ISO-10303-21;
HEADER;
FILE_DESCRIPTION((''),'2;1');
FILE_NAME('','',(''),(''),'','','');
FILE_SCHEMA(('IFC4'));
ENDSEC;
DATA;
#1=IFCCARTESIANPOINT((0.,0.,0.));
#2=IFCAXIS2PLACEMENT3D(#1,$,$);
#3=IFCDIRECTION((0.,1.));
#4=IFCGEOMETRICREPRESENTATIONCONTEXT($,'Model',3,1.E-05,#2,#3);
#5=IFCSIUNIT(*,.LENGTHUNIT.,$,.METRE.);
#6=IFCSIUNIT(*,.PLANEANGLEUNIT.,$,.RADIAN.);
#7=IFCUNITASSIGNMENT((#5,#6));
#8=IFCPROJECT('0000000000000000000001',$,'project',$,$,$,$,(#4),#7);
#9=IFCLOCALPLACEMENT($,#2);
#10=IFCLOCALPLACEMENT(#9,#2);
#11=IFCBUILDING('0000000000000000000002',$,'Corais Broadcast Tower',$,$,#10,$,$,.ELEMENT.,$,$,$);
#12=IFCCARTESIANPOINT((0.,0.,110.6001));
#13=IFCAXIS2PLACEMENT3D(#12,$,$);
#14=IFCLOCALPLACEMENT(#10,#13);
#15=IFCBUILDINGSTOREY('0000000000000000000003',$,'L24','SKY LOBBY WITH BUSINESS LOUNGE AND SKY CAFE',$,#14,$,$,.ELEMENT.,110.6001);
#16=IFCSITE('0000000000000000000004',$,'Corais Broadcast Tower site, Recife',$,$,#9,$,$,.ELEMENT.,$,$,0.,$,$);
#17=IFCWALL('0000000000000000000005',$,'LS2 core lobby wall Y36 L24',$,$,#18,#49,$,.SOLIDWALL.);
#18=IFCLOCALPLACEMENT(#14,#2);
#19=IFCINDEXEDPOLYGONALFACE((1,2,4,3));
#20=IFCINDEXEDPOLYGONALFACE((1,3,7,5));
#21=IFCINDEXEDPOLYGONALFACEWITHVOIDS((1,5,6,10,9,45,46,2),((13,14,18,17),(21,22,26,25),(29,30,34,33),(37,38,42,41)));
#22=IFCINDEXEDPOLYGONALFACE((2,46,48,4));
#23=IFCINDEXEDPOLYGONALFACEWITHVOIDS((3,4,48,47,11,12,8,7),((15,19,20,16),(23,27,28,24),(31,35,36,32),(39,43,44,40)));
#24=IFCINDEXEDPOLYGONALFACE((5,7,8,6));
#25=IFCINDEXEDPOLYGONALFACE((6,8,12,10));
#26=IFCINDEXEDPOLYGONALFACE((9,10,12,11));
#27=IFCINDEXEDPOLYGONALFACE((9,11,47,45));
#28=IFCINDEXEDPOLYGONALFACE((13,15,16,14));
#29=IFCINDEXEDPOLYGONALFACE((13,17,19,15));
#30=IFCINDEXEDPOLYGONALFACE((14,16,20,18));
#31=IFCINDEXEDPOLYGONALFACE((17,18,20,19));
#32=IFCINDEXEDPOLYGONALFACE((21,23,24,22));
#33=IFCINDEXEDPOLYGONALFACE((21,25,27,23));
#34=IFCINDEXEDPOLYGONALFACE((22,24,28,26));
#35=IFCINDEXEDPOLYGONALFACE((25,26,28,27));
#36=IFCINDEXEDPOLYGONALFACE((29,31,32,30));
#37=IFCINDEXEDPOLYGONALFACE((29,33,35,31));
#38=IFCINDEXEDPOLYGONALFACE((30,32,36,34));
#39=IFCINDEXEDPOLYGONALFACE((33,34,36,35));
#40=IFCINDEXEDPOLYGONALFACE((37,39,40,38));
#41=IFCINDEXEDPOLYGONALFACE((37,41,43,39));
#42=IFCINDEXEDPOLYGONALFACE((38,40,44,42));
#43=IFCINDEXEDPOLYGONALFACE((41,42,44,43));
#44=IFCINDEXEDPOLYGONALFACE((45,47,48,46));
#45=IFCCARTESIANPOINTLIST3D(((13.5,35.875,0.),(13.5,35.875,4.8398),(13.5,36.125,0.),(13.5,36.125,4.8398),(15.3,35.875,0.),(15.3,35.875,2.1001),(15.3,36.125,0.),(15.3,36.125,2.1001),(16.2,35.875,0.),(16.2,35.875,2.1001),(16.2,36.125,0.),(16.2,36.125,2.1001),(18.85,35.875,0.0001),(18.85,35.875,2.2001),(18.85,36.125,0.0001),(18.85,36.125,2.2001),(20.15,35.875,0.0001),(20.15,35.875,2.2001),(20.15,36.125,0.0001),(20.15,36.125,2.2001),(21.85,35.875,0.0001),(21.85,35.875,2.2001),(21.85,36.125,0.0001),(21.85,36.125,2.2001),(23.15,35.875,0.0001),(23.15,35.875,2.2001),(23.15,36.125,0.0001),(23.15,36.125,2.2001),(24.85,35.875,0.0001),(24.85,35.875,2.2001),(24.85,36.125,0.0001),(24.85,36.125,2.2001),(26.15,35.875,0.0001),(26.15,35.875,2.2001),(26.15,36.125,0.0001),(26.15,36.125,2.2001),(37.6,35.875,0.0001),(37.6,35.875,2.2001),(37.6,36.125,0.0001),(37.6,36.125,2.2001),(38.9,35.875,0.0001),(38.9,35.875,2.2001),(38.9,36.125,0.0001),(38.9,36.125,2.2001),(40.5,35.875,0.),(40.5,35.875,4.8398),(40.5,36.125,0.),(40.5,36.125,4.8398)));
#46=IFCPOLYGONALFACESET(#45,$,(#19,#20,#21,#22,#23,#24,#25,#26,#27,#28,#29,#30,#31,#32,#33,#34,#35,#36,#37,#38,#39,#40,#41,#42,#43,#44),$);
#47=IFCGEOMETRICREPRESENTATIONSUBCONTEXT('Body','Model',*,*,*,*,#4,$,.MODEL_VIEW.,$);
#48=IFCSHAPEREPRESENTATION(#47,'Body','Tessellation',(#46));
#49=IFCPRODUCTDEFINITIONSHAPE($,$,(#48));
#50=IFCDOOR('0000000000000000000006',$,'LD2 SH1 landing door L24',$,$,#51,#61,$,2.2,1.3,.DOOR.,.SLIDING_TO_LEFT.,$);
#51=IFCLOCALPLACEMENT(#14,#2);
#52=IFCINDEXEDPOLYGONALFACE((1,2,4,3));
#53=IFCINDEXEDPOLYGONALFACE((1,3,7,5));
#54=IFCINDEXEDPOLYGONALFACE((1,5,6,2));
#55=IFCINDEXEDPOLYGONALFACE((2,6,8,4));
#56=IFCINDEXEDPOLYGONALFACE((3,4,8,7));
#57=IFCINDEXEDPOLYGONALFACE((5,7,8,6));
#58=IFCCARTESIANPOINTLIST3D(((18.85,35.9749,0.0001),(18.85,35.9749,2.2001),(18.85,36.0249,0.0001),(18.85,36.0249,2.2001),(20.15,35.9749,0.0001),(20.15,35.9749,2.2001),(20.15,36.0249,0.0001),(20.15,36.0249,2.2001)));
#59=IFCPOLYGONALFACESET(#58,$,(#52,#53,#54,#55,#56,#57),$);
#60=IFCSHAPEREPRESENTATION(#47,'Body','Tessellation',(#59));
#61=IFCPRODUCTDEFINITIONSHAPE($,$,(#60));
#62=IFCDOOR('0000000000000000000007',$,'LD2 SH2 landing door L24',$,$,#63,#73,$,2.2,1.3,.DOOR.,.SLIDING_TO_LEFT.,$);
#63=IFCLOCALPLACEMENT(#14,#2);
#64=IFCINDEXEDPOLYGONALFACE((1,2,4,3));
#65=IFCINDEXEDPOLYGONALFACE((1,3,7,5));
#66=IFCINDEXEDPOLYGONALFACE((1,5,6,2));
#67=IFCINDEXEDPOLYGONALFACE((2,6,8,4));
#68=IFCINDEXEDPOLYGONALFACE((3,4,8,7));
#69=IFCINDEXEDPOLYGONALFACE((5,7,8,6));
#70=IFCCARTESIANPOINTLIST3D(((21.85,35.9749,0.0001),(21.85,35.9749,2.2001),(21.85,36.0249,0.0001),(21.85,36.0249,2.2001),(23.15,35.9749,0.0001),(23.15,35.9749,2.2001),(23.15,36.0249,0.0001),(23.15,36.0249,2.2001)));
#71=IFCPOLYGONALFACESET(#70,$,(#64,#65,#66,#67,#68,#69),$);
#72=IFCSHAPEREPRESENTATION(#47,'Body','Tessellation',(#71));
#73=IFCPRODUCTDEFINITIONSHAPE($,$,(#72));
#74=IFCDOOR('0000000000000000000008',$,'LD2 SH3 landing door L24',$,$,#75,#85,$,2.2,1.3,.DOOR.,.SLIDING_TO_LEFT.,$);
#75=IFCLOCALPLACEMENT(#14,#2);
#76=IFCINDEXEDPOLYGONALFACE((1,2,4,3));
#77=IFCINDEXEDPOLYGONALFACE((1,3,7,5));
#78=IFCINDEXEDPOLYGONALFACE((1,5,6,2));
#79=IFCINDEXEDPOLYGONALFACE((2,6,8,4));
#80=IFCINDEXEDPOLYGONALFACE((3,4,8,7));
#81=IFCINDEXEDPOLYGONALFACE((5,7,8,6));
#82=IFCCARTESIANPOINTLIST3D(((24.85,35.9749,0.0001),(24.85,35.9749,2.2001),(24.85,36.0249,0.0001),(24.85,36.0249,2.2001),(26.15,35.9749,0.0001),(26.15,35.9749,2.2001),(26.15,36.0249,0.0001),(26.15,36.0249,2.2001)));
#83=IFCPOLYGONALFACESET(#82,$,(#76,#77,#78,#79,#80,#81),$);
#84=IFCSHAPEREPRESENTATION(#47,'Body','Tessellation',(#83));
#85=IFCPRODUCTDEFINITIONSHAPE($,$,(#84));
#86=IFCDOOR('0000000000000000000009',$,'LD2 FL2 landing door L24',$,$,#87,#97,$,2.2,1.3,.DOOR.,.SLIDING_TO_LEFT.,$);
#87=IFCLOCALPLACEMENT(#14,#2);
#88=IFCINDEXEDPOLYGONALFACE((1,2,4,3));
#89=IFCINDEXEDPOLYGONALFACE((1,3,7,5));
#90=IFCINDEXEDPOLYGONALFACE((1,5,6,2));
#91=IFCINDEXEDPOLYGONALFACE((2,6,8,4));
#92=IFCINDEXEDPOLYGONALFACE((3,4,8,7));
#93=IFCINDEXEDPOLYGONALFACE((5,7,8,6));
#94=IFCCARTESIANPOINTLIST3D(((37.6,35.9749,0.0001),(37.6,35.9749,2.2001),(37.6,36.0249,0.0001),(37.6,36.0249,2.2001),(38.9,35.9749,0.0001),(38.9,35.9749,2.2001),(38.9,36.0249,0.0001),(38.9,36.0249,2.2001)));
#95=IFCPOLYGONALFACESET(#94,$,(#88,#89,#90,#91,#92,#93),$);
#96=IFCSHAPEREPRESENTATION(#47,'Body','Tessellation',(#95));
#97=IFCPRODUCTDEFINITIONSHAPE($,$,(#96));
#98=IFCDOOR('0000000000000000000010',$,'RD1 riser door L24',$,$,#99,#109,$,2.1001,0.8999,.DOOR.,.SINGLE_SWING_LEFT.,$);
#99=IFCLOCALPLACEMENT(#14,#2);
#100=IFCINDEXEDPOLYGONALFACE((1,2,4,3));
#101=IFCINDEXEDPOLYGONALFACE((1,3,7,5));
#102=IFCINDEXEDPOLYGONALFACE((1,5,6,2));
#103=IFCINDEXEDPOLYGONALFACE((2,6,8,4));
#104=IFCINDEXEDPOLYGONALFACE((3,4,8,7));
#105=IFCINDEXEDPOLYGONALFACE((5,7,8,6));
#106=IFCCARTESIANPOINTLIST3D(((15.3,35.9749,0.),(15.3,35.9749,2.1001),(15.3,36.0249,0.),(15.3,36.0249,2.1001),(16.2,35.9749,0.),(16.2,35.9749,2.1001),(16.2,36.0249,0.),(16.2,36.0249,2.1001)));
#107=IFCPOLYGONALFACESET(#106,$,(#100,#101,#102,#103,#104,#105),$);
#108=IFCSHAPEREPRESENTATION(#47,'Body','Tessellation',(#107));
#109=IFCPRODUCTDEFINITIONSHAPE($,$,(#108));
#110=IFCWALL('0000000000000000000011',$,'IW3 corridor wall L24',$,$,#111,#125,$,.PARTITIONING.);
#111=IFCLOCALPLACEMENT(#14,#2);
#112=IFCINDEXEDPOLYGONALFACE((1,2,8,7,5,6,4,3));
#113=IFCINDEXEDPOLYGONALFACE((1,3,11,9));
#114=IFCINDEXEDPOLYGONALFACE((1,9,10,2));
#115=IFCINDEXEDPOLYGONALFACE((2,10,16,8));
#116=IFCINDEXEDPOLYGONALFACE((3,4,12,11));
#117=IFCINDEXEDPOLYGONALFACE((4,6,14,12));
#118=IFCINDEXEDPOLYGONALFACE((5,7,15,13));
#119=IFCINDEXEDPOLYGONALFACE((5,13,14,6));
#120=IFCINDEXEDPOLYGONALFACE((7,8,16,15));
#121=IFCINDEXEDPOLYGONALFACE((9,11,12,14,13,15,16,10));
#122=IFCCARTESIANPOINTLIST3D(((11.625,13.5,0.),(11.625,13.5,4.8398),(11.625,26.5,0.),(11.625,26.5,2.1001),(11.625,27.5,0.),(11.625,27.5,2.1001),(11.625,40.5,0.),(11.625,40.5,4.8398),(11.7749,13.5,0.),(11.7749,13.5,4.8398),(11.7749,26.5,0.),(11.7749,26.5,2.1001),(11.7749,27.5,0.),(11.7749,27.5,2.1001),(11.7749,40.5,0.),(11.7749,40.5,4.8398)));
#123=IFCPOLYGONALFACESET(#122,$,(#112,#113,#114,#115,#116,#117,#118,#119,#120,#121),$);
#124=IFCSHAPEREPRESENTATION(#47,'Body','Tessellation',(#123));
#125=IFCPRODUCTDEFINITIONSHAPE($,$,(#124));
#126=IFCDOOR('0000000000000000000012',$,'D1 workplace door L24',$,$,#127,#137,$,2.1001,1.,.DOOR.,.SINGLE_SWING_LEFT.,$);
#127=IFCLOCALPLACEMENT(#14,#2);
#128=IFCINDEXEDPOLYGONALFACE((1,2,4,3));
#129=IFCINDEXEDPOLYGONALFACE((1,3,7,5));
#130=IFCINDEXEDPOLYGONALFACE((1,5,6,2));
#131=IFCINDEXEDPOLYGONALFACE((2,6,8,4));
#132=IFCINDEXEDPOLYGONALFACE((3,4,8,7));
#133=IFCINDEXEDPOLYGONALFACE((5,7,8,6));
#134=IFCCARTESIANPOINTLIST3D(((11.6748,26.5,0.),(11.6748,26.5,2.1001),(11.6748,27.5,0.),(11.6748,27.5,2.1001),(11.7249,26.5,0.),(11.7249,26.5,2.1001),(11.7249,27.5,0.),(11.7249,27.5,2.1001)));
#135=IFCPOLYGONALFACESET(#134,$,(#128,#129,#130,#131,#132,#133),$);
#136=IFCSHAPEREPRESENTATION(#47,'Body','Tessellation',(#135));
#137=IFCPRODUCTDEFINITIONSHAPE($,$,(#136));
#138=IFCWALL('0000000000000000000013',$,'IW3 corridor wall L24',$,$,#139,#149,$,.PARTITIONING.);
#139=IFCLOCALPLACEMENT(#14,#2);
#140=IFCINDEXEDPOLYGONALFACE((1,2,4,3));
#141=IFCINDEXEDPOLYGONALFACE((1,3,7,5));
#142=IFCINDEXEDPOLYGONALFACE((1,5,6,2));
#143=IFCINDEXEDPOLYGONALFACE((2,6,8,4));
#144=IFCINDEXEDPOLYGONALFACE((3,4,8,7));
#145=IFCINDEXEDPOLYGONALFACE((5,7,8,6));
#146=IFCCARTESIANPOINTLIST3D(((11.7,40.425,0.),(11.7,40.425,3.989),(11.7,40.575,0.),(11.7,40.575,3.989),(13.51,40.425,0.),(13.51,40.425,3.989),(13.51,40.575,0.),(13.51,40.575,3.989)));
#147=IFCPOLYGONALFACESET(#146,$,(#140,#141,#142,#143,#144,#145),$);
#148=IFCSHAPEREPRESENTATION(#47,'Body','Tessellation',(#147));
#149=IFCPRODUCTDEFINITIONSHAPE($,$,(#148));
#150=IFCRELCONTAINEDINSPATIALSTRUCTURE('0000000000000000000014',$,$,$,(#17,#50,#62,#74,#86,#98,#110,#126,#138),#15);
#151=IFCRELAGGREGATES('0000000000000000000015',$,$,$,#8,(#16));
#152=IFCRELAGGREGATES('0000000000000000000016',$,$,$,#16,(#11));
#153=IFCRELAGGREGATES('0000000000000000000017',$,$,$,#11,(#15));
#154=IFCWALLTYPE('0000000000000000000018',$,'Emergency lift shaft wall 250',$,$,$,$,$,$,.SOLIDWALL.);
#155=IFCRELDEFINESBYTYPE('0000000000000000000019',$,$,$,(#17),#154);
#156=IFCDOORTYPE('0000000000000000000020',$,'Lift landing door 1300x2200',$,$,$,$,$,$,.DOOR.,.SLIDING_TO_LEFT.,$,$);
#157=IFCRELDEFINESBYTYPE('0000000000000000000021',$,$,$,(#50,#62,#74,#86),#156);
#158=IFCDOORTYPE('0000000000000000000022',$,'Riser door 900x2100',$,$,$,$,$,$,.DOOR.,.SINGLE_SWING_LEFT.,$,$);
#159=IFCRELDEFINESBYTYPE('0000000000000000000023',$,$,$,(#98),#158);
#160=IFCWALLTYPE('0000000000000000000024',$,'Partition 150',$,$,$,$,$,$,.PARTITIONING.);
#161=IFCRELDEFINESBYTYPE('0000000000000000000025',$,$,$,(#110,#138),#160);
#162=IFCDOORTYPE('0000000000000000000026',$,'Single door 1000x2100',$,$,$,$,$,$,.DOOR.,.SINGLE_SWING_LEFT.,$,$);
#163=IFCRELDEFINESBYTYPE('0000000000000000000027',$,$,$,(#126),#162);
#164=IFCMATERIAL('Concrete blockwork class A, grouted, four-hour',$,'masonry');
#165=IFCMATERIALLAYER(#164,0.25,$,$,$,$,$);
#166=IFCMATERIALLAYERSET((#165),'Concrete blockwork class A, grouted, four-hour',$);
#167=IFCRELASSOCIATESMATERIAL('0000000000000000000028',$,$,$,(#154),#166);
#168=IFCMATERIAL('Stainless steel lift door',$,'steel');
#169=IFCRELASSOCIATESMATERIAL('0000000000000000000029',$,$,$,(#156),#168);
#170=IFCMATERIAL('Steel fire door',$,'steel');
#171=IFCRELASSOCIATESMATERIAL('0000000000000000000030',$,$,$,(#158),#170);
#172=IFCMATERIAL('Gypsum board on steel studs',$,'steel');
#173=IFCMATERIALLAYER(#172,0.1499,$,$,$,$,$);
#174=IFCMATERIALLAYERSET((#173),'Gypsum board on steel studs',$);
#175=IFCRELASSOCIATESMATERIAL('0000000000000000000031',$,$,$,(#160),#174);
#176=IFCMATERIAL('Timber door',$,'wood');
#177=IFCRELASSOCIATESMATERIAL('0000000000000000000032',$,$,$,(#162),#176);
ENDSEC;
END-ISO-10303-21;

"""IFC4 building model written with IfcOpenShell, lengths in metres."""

from ifc_helpers import new_model, si_unit, direction, frame, frame_2d, origin, place, context, subcontext, project, spatial, rectangle, extrude, material, layer, layer_set, type_object, element, fill, save


model = new_model("IFC4")

# Units and contexts
model_context = context("Model", 3, precision=1e-05, world=origin(), true_north=direction((0.0, 1.0)))
body_context = subcontext(model_context, "Body", "Model", "MODEL_VIEW")
ifc_project = project(units=[si_unit("LENGTHUNIT", "METRE"), si_unit("PLANEANGLEUNIT", "RADIAN")], contexts=[model_context])

# Site, building, storey
site_placement = place(None, origin())
site = spatial("IfcSite", under=ifc_project, at=site_placement, Name="Corais Broadcast Tower site, Recife", CompositionType="ELEMENT", RefElevation=0.0)
building_placement = place(site_placement, origin())
building = spatial("IfcBuilding", under=site, at=building_placement, Name="Corais Broadcast Tower", CompositionType="ELEMENT")
storey_placement = place(building_placement, frame((0.0, 0.0, 110.6001)))
storey = spatial("IfcBuildingStorey", under=building, at=storey_placement, Name="L24", Description="SKY LOBBY WITH BUSINESS LOUNGE AND SKY CAFE", CompositionType="ELEMENT", Elevation=110.6001)

# Wall, openings, doors
ifc_material_1 = material(Name="Concrete blockwork class A, grouted, four-hour", Category="masonry")
ifc_layer_1 = layer(ifc_material_1, 0.25)
ifc_layer_set_1 = layer_set([ifc_layer_1], Name="Concrete blockwork class A, grouted, four-hour")
wall_type_1 = type_object("IfcWallType", Name="Emergency lift shaft wall 250", PredefinedType="SOLIDWALL", material=ifc_layer_set_1)
wall_1_placement = place(storey_placement, frame((13.5, 36.0, 0.0), z_axis=(0.0, 0.0, 1.0), x_axis=(1.0, 0.0, 0.0)))
wall_1 = element("IfcWall", 1, at=wall_1_placement, inside=storey, type_object=wall_type_1, Name="LS2 core lobby wall Y36 L24", PredefinedType="SOLIDWALL", context=body_context, shape_type="SweptSolid", body=[
    extrude(rectangle(XDim=27.0, YDim=0.25, at=frame_2d((13.5, 0.0))), origin(), (0.0, 0.0, 1.0), 4.8398),
])
opening_1_placement = place(wall_1_placement, frame((1.8, 0.0, 0.0)))
opening_1 = element("IfcOpeningElement", 2, at=opening_1_placement, cuts=wall_1, PredefinedType="OPENING", context=body_context, shape_type="SweptSolid", body=[
    extrude(rectangle(XDim=0.8999, YDim=2.1001, at=frame_2d((0.45, 1.05))), frame((0.0, 0.135, 0.0), z_axis=(0.0, -1.0, 0.0), x_axis=(1.0, 0.0, 0.0)), (0.0, 0.0, 1.0), 0.27),
])
opening_2_placement = place(wall_1_placement, frame((5.3501, 0.0, 0.0)))
opening_2 = element("IfcOpeningElement", 3, at=opening_2_placement, cuts=wall_1, PredefinedType="OPENING", context=body_context, shape_type="SweptSolid", body=[
    extrude(rectangle(XDim=1.3, YDim=2.2, at=frame_2d((0.6499, 1.1001))), frame((0.0, 0.135, 0.0), z_axis=(0.0, -1.0, 0.0), x_axis=(1.0, 0.0, 0.0)), (0.0, 0.0, 1.0), 0.27),
])
opening_3_placement = place(wall_1_placement, frame((8.3501, 0.0, 0.0)))
opening_3 = element("IfcOpeningElement", 4, at=opening_3_placement, cuts=wall_1, PredefinedType="OPENING", context=body_context, shape_type="SweptSolid", body=[
    extrude(rectangle(XDim=1.3, YDim=2.2, at=frame_2d((0.6499, 1.1001))), frame((0.0, 0.135, 0.0), z_axis=(0.0, -1.0, 0.0), x_axis=(1.0, 0.0, 0.0)), (0.0, 0.0, 1.0), 0.27),
])
opening_4_placement = place(wall_1_placement, frame((11.3501, 0.0, 0.0)))
opening_4 = element("IfcOpeningElement", 5, at=opening_4_placement, cuts=wall_1, PredefinedType="OPENING", context=body_context, shape_type="SweptSolid", body=[
    extrude(rectangle(XDim=1.3, YDim=2.2, at=frame_2d((0.6499, 1.1001))), frame((0.0, 0.135, 0.0), z_axis=(0.0, -1.0, 0.0), x_axis=(1.0, 0.0, 0.0)), (0.0, 0.0, 1.0), 0.27),
])
opening_5_placement = place(wall_1_placement, frame((24.1001, 0.0, 0.0)))
opening_5 = element("IfcOpeningElement", 6, at=opening_5_placement, cuts=wall_1, PredefinedType="OPENING", context=body_context, shape_type="SweptSolid", body=[
    extrude(rectangle(XDim=1.3, YDim=2.2, at=frame_2d((0.6499, 1.1001))), frame((0.0, 0.135, 0.0), z_axis=(0.0, -1.0, 0.0), x_axis=(1.0, 0.0, 0.0)), (0.0, 0.0, 1.0), 0.27),
])
ifc_material_2 = material(Name="Stainless steel lift door", Category="steel")
door_type_1 = type_object("IfcDoorType", Name="Lift landing door 1300x2200", OperationType="SLIDING_TO_LEFT", PredefinedType="DOOR", material=ifc_material_2)
door_1_placement = place(opening_2_placement, origin())
door_1 = element("IfcDoor", 7, at=door_1_placement, inside=storey, type_object=door_type_1, Name="LD2 SH1 landing door L24", OperationType="SLIDING_TO_LEFT", OverallHeight=2.2, OverallWidth=1.3, PredefinedType="DOOR", context=body_context, shape_type="SweptSolid", body=[
    extrude(rectangle(XDim=1.3, YDim=2.2, at=frame_2d((0.6499, 1.1001))), frame((0.0, 0.0249, 0.0), z_axis=(0.0, -1.0, 0.0), x_axis=(1.0, 0.0, 0.0)), (0.0, 0.0, 1.0), 0.05),
])
fill(opening_2, door_1)
door_2_placement = place(opening_3_placement, origin())
door_2 = element("IfcDoor", 8, at=door_2_placement, inside=storey, type_object=door_type_1, Name="LD2 SH2 landing door L24", OperationType="SLIDING_TO_LEFT", OverallHeight=2.2, OverallWidth=1.3, PredefinedType="DOOR", context=body_context, shape_type="SweptSolid", body=[
    extrude(rectangle(XDim=1.3, YDim=2.2, at=frame_2d((0.6499, 1.1001))), frame((0.0, 0.0249, 0.0), z_axis=(0.0, -1.0, 0.0), x_axis=(1.0, 0.0, 0.0)), (0.0, 0.0, 1.0), 0.05),
])
fill(opening_3, door_2)
door_3_placement = place(opening_4_placement, origin())
door_3 = element("IfcDoor", 9, at=door_3_placement, inside=storey, type_object=door_type_1, Name="LD2 SH3 landing door L24", OperationType="SLIDING_TO_LEFT", OverallHeight=2.2, OverallWidth=1.3, PredefinedType="DOOR", context=body_context, shape_type="SweptSolid", body=[
    extrude(rectangle(XDim=1.3, YDim=2.2, at=frame_2d((0.6499, 1.1001))), frame((0.0, 0.0249, 0.0), z_axis=(0.0, -1.0, 0.0), x_axis=(1.0, 0.0, 0.0)), (0.0, 0.0, 1.0), 0.05),
])
fill(opening_4, door_3)
door_4_placement = place(opening_5_placement, origin())
door_4 = element("IfcDoor", 10, at=door_4_placement, inside=storey, type_object=door_type_1, Name="LD2 FL2 landing door L24", OperationType="SLIDING_TO_LEFT", OverallHeight=2.2, OverallWidth=1.3, PredefinedType="DOOR", context=body_context, shape_type="SweptSolid", body=[
    extrude(rectangle(XDim=1.3, YDim=2.2, at=frame_2d((0.6499, 1.1001))), frame((0.0, 0.0249, 0.0), z_axis=(0.0, -1.0, 0.0), x_axis=(1.0, 0.0, 0.0)), (0.0, 0.0, 1.0), 0.05),
])
fill(opening_5, door_4)
ifc_material_3 = material(Name="Steel fire door", Category="steel")
door_type_2 = type_object("IfcDoorType", Name="Riser door 900x2100", OperationType="SINGLE_SWING_LEFT", PredefinedType="DOOR", material=ifc_material_3)
door_5_placement = place(opening_1_placement, origin())
door_5 = element("IfcDoor", 11, at=door_5_placement, inside=storey, type_object=door_type_2, Name="RD1 riser door L24", OperationType="SINGLE_SWING_LEFT", OverallHeight=2.1001, OverallWidth=0.8999, PredefinedType="DOOR", context=body_context, shape_type="SweptSolid", body=[
    extrude(rectangle(XDim=0.8999, YDim=2.1001, at=frame_2d((0.45, 1.05))), frame((0.0, 0.0249, 0.0), z_axis=(0.0, -1.0, 0.0), x_axis=(1.0, 0.0, 0.0)), (0.0, 0.0, 1.0), 0.05),
])
fill(opening_1, door_5)

# Wall, opening, door
ifc_material_4 = material(Name="Gypsum board on steel studs", Category="steel")
ifc_layer_2 = layer(ifc_material_4, 0.1499)
ifc_layer_set_2 = layer_set([ifc_layer_2], Name="Gypsum board on steel studs")
wall_type_2 = type_object("IfcWallType", Name="Partition 150", PredefinedType="PARTITIONING", material=ifc_layer_set_2)
wall_2_placement = place(storey_placement, frame((11.7, 40.5, 0.0), z_axis=(0.0, 0.0, 1.0), x_axis=(0.0, -1.0, 0.0)))
wall_2 = element("IfcWall", 12, at=wall_2_placement, inside=storey, type_object=wall_type_2, Name="IW3 corridor wall L24", PredefinedType="PARTITIONING", context=body_context, shape_type="SweptSolid", body=[
    extrude(rectangle(XDim=27.0, YDim=0.1499, at=frame_2d((13.5, 0.0))), origin(), (0.0, 0.0, 1.0), 4.8398),
])
opening_6_placement = place(wall_2_placement, frame((13.0, 0.0, 0.0)))
opening_6 = element("IfcOpeningElement", 13, at=opening_6_placement, cuts=wall_2, PredefinedType="OPENING", context=body_context, shape_type="SweptSolid", body=[
    extrude(rectangle(XDim=1.0, YDim=2.1001, at=frame_2d((0.5, 1.05))), frame((0.0, 0.085, 0.0), z_axis=(0.0, -1.0, 0.0), x_axis=(1.0, 0.0, 0.0)), (0.0, 0.0, 1.0), 0.1699),
])
ifc_material_5 = material(Name="Timber door", Category="wood")
door_type_3 = type_object("IfcDoorType", Name="Single door 1000x2100", OperationType="SINGLE_SWING_LEFT", PredefinedType="DOOR", material=ifc_material_5)
door_6_placement = place(opening_6_placement, origin())
door_6 = element("IfcDoor", 14, at=door_6_placement, inside=storey, type_object=door_type_3, Name="D1 workplace door L24", OperationType="SINGLE_SWING_LEFT", OverallHeight=2.1001, OverallWidth=1.0, PredefinedType="DOOR", context=body_context, shape_type="SweptSolid", body=[
    extrude(rectangle(XDim=1.0, YDim=2.1001, at=frame_2d((0.5, 1.05))), frame((0.0, 0.0249, 0.0), z_axis=(0.0, -1.0, 0.0), x_axis=(1.0, 0.0, 0.0)), (0.0, 0.0, 1.0), 0.05),
])
fill(opening_6, door_6)

# Wall
wall_3_placement = place(storey_placement, frame((13.51, 40.5, 0.0), z_axis=(0.0, 0.0, 1.0), x_axis=(-1.0, 0.0, 0.0)))
element("IfcWall", 15, at=wall_3_placement, inside=storey, type_object=wall_type_2, Name="IW3 corridor wall L24", PredefinedType="PARTITIONING", context=body_context, shape_type="SweptSolid", body=[
    extrude(rectangle(XDim=1.8101, YDim=0.1499, at=frame_2d((0.905, 0.0))), origin(), (0.0, 0.0, 1.0), 3.989),
])

save(model, "model.ifc")
